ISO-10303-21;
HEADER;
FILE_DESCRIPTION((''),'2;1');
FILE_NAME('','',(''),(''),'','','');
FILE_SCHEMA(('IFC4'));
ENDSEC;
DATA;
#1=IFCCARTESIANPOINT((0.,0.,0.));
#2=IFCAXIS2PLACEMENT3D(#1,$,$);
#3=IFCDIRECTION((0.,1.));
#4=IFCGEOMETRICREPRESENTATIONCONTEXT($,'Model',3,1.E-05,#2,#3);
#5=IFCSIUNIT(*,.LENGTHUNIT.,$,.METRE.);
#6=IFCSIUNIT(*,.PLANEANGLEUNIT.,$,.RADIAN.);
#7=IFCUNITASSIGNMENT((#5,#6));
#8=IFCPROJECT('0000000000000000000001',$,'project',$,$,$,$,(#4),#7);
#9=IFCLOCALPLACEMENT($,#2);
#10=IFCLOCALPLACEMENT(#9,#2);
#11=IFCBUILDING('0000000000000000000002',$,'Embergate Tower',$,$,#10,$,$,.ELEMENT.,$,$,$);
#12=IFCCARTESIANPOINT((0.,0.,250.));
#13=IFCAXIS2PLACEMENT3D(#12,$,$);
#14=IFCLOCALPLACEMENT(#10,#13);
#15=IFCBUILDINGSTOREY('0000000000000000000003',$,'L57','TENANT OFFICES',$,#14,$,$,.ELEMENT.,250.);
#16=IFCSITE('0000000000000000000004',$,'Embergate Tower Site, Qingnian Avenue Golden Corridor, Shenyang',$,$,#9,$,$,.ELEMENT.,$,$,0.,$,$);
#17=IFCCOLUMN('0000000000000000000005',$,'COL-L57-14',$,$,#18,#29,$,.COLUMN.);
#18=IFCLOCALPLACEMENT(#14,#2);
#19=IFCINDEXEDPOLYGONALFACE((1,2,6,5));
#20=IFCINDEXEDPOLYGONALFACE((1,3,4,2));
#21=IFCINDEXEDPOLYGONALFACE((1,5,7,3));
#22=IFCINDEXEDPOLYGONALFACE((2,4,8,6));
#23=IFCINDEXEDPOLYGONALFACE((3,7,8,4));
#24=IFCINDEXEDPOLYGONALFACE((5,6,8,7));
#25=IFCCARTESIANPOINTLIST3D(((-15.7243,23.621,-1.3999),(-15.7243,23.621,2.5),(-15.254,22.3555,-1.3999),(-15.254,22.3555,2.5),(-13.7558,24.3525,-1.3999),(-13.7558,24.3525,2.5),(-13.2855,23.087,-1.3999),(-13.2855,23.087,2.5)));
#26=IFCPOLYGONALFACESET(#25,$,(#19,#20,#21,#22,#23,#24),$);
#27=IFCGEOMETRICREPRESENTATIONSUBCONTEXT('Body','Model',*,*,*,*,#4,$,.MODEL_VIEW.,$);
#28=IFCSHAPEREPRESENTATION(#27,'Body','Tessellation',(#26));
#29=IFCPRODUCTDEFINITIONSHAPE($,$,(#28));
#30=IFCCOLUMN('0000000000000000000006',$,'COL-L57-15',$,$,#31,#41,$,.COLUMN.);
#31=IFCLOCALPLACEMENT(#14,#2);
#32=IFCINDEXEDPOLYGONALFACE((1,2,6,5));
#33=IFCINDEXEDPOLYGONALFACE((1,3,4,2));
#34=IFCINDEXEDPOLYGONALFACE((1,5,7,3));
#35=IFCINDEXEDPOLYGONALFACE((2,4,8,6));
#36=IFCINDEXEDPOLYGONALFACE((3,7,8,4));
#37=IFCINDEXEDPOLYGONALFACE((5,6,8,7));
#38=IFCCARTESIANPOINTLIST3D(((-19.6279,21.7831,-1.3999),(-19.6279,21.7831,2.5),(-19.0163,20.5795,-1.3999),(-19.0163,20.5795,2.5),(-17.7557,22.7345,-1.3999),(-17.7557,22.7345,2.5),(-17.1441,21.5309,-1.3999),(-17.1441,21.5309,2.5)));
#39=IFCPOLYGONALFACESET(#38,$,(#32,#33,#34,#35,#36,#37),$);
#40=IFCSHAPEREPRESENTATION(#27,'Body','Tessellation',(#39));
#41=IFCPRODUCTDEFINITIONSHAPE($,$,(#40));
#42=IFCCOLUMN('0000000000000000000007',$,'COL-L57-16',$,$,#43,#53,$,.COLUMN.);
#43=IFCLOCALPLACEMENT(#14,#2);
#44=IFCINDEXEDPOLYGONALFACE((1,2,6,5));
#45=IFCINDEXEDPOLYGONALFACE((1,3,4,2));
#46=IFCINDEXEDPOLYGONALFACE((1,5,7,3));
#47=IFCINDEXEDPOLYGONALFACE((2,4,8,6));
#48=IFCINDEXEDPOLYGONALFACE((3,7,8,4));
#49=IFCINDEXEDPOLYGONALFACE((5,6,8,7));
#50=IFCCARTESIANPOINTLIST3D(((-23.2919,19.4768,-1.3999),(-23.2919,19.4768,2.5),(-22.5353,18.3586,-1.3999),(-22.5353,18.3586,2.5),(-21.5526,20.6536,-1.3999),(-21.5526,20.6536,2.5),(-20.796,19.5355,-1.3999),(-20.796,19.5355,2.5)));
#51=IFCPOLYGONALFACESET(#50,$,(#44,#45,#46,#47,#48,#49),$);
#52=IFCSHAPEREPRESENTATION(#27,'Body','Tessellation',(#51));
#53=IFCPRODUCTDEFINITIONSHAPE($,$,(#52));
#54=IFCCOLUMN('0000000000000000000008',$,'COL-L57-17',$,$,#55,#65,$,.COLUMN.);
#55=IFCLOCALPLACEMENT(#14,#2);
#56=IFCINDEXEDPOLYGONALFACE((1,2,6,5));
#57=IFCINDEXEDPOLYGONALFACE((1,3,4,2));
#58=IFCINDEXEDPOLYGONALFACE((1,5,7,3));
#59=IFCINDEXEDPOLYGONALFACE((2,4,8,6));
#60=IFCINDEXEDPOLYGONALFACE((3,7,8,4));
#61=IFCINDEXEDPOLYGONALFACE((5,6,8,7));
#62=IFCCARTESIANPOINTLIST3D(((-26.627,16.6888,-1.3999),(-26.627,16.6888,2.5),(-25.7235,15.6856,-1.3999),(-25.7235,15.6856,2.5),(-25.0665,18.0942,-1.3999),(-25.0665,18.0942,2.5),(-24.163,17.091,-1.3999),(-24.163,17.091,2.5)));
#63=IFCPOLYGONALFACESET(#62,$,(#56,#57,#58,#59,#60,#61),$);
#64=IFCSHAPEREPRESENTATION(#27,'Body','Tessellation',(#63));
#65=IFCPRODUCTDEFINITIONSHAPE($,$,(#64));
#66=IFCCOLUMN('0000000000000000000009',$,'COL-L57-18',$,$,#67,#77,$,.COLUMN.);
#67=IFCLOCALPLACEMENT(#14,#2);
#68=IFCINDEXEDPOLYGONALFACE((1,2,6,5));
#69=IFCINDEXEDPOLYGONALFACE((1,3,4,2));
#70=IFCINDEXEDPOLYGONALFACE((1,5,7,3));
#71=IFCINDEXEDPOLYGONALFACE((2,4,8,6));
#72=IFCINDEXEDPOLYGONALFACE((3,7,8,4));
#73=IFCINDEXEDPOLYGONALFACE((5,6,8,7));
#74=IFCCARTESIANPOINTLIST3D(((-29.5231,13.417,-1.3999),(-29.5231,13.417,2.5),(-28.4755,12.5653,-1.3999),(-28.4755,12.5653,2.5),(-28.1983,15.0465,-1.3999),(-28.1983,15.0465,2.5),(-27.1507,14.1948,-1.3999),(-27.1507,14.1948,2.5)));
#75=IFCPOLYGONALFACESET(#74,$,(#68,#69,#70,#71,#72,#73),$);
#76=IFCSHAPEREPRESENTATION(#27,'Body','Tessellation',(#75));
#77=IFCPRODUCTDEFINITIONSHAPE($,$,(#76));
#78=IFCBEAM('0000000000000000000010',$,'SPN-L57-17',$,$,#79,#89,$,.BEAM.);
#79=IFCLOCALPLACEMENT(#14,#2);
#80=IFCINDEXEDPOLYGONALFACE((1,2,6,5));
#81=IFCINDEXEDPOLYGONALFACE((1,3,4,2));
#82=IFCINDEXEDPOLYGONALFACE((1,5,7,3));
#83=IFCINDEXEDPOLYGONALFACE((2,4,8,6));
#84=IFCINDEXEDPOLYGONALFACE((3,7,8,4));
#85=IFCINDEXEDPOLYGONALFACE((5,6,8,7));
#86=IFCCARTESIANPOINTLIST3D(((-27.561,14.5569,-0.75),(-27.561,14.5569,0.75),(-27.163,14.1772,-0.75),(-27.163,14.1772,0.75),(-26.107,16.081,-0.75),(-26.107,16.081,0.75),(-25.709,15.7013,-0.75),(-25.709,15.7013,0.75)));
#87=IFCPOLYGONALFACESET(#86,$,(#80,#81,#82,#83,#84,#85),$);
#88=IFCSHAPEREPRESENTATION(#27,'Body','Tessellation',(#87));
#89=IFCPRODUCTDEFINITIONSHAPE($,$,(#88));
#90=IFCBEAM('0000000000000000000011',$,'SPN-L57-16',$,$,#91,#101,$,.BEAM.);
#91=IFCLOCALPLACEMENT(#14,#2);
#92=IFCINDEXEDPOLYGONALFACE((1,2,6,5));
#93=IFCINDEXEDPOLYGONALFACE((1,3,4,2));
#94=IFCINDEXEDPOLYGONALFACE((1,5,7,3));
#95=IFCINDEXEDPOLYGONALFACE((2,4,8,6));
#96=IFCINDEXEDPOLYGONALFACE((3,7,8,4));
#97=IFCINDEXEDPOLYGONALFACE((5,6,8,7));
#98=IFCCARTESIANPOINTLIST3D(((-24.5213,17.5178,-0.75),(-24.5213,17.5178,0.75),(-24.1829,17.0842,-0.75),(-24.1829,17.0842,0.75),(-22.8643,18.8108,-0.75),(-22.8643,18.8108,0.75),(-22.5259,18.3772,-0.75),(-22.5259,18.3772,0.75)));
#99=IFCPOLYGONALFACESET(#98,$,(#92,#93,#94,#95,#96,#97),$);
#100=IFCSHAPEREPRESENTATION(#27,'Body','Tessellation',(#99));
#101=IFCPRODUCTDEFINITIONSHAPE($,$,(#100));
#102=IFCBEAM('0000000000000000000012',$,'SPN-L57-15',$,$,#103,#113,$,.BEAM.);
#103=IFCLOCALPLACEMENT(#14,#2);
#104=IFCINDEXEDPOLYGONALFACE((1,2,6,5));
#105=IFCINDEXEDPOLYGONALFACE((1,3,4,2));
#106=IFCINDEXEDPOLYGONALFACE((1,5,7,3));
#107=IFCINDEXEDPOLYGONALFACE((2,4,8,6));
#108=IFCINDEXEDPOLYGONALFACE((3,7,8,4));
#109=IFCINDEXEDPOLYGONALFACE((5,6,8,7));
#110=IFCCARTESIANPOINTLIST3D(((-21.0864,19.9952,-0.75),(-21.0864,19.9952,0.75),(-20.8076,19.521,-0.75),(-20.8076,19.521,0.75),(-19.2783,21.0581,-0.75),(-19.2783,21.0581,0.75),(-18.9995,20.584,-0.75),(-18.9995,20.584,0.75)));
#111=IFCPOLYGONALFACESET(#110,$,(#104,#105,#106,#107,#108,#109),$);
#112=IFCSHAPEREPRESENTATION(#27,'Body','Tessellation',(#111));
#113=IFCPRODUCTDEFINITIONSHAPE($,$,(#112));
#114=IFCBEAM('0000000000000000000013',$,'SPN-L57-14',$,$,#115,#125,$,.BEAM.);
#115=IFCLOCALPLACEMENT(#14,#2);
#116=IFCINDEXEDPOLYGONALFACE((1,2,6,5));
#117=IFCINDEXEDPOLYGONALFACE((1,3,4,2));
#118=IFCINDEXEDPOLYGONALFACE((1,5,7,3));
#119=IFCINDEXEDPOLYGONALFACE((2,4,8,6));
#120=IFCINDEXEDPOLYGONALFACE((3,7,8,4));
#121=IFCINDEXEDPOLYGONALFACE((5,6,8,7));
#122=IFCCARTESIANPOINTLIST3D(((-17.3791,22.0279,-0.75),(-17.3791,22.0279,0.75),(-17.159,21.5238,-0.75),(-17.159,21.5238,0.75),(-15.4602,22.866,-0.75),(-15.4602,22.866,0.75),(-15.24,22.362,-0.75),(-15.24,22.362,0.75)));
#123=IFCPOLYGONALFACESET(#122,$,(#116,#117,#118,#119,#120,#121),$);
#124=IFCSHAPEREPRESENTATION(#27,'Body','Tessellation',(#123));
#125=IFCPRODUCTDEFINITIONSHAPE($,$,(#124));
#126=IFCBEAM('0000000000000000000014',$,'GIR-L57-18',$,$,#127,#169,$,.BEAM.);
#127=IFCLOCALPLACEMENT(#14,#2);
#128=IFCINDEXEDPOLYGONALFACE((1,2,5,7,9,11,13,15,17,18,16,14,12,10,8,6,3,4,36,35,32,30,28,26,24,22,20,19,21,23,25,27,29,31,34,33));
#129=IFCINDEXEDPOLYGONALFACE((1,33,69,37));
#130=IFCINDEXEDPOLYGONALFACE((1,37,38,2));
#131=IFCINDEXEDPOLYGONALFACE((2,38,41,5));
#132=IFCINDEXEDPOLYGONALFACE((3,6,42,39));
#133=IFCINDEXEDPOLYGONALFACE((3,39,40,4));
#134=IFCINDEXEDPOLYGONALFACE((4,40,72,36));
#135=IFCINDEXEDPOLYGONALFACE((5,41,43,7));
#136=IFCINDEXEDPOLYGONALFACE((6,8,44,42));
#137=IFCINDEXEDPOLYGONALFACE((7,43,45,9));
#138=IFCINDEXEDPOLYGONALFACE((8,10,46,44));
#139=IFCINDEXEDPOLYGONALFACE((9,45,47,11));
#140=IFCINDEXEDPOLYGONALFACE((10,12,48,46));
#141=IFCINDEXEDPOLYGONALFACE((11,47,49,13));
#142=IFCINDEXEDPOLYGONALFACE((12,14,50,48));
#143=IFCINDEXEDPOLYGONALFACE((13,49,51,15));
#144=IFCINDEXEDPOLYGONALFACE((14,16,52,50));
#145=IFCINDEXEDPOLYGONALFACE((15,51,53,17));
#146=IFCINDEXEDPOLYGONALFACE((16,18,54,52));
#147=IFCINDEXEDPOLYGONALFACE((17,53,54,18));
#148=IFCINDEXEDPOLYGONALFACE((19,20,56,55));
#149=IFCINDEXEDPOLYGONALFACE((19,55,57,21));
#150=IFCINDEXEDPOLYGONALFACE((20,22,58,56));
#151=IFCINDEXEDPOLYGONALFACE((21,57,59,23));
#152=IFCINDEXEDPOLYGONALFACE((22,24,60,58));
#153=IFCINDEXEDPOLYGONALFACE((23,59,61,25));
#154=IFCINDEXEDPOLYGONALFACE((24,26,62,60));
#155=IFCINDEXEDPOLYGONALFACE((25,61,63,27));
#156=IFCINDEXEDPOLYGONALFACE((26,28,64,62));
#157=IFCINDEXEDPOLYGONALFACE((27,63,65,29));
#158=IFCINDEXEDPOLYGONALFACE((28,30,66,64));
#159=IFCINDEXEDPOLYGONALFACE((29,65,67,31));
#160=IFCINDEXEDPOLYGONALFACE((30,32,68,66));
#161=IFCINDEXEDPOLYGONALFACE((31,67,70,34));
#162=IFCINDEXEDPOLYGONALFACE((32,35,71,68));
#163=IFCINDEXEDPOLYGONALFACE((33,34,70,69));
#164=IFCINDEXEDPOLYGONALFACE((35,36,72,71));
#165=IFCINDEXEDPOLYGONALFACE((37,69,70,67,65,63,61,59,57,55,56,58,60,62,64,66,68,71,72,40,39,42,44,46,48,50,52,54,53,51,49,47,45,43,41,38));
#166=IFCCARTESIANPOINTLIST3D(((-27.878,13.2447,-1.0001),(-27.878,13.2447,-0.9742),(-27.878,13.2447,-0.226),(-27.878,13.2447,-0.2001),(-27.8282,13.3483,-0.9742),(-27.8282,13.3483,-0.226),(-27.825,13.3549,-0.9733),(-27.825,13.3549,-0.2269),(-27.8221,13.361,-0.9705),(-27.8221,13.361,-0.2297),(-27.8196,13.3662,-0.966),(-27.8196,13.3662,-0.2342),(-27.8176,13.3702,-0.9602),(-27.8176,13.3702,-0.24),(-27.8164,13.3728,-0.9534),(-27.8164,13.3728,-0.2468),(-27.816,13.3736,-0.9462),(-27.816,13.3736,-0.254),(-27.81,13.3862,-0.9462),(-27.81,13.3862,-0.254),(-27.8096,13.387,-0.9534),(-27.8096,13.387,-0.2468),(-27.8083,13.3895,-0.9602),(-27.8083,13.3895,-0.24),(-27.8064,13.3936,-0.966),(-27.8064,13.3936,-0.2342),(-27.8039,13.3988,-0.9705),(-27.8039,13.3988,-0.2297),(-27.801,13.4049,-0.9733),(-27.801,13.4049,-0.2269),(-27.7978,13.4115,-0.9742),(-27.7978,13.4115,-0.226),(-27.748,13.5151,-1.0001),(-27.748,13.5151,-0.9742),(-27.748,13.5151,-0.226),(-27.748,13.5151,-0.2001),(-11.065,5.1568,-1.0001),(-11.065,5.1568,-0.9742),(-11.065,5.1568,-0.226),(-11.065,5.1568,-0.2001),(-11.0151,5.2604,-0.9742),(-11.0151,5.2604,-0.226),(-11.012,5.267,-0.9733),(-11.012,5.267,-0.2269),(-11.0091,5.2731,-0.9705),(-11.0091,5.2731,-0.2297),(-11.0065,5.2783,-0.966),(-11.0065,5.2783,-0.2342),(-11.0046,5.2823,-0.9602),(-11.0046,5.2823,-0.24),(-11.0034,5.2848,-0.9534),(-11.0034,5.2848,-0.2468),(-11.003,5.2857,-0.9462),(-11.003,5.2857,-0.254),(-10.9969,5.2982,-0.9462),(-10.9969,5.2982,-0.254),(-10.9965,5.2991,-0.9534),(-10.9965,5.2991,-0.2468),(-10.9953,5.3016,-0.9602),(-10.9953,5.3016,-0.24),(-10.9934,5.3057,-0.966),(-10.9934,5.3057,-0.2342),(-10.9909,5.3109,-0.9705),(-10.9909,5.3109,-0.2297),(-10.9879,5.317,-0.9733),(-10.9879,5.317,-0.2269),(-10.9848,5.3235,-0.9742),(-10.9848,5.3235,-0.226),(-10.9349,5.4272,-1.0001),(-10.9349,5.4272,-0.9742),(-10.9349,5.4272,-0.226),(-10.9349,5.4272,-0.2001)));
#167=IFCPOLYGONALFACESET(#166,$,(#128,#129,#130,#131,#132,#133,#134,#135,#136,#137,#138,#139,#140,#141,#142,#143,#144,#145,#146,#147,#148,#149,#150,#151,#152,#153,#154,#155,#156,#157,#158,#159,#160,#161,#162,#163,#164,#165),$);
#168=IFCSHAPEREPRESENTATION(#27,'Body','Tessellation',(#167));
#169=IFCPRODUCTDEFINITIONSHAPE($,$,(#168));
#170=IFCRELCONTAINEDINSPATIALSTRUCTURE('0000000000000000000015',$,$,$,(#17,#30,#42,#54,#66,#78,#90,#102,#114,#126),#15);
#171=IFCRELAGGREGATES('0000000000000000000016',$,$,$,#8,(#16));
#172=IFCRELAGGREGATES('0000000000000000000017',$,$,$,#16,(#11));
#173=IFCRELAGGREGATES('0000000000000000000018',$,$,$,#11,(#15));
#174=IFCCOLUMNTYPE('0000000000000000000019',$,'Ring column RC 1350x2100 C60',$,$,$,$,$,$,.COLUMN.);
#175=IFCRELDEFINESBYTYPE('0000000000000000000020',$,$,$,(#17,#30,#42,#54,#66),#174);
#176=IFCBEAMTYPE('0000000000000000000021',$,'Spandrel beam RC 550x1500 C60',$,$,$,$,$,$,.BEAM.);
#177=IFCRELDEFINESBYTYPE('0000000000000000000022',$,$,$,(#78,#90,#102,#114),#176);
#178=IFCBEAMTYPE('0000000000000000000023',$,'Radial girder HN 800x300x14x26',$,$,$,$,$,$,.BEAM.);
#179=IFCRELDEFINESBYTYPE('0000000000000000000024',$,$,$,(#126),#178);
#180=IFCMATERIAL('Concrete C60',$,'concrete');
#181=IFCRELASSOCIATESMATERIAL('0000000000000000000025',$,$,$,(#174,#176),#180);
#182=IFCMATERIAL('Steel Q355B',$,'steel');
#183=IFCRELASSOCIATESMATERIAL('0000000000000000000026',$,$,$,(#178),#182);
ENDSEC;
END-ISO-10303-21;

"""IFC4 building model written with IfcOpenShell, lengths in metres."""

from ifc_helpers import new_model, si_unit, direction, frame, origin, origin_2d, place, context, subcontext, project, spatial, rectangle, i_section, extrude, source, transform, mapped, material, material_profile, profile_set, type_object, element, save


model = new_model("IFC4")

# Units and contexts
model_context = context("Model", 3, precision=1e-05, world=origin(), true_north=direction((0.0, 1.0)))
body_context = subcontext(model_context, "Body", "Model", "MODEL_VIEW")
ifc_project = project(units=[si_unit("LENGTHUNIT", "METRE"), si_unit("PLANEANGLEUNIT", "RADIAN")], contexts=[model_context])

# Site, building, storey
site_placement = place(None, origin())
site = spatial("IfcSite", under=ifc_project, at=site_placement, Name="Embergate Tower Site, Qingnian Avenue Golden Corridor, Shenyang", CompositionType="ELEMENT", RefElevation=0.0)
building_placement = place(site_placement, origin())
building = spatial("IfcBuilding", under=site, at=building_placement, Name="Embergate Tower", CompositionType="ELEMENT")
storey_placement = place(building_placement, frame((0.0, 0.0, 250.0)))
storey = spatial("IfcBuildingStorey", under=building, at=storey_placement, Name="L57", Description="TENANT OFFICES", CompositionType="ELEMENT", Elevation=250.0)

# Columns
ifc_material_1 = material(Name="Concrete C60", Category="concrete")
ifc_material_profile_1 = material_profile(ifc_material_1, rectangle(XDim=1.3501, YDim=2.1001, at=origin_2d()), Name="RC 1350x2100")
ifc_profile_set_1 = profile_set([ifc_material_profile_1], Name="Concrete C60")
column_type = type_object("IfcColumnType", Name="Ring column RC 1350x2100 C60", PredefinedType="COLUMN", material=ifc_profile_set_1)
shared_shape_1 = source(origin(), body_context, "Body", "SweptSolid", [
    extrude(rectangle(XDim=1.3501, YDim=2.1001, at=origin_2d()), origin(), (0.0, 0.0, 1.0), 3.8999),
])
for number, where, z_axis, x_axis, name in (
    (1, (-14.5049, 23.354, -1.3999), (0.0, 0.0, 1.0), (-0.348343, 0.937367, 0.0), "COL-L57-14"),
    (2, (-18.386, 21.657, -1.3999), (0.0, 0.0, 1.0), (-0.453011, 0.891505, 0.0), "COL-L57-15"),
    (3, (-22.0439, 19.5061, -1.3999), (0.0, 0.0, 1.0), (-0.560393, 0.828227, 0.0), "COL-L57-16"),
    (4, (-25.395, 16.8899, -1.3999), (0.0, 0.0, 1.0), (-0.669208, 0.743075, 0.0), "COL-L57-17"),
    (5, (-28.3369, 13.8059, -1.3999), (0.0, 0.0, 1.0), (-0.775925, 0.630825, 0.0), "COL-L57-18"),
):
    element("IfcColumn", number, at=place(storey_placement, frame(where, z_axis=z_axis, x_axis=x_axis)), inside=storey, type_object=column_type, Name=name, PredefinedType="COLUMN", context=body_context, shape_type="MappedRepresentation", body=[
        mapped(shared_shape_1, transform((0.0, 0.0, 0.0))),
    ])

# Beams
ifc_material_profile_2 = material_profile(ifc_material_1, rectangle(XDim=0.55, YDim=1.5, at=origin_2d()), Name="RC 550x1500")
ifc_profile_set_2 = profile_set([ifc_material_profile_2], Name="Concrete C60")
beam_type_1 = type_object("IfcBeamType", Name="Spandrel beam RC 550x1500 C60", PredefinedType="BEAM", material=ifc_profile_set_2)
shared_shape_2 = source(origin(), body_context, "Body", "SweptSolid", [
    extrude(rectangle(XDim=0.55, YDim=1.5, at=origin_2d()), origin(), (0.0, 0.0, 1.0), 2.1064),
])
beam_1_placement = place(storey_placement, frame((-25.908, 15.8911, 0.0), z_axis=(-0.69028, -0.723542, 0.0), x_axis=(0.723542, -0.69028, 0.0)))
element("IfcBeam", 6, at=beam_1_placement, inside=storey, type_object=beam_type_1, Name="SPN-L57-17", PredefinedType="BEAM", context=body_context, shape_type="MappedRepresentation", body=[
    mapped(shared_shape_2, transform((0.0, 0.0, 0.0))),
])
shared_shape_3 = source(origin(), body_context, "Body", "SweptSolid", [
    extrude(rectangle(XDim=0.55, YDim=1.5, at=origin_2d()), origin(), (0.0, 0.0, 1.0), 2.1018),
])
beam_2_placement = place(storey_placement, frame((-22.6951, 18.594, 0.0), z_axis=(-0.788382, -0.615186, 0.0), x_axis=(0.615186, -0.788382, 0.0)))
element("IfcBeam", 7, at=beam_2_placement, inside=storey, type_object=beam_type_1, Name="SPN-L57-16", PredefinedType="BEAM", context=body_context, shape_type="MappedRepresentation", body=[
    mapped(shared_shape_3, transform((0.0, 0.0, 0.0))),
])
shared_shape_4 = source(origin(), body_context, "Body", "SweptSolid", [
    extrude(rectangle(XDim=0.55, YDim=1.5, at=origin_2d()), origin(), (0.0, 0.0, 1.0), 2.0974),
])
beam_3_placement = place(storey_placement, frame((-19.1389, 20.821, 0.0), z_axis=(-0.86206, -0.506806, 0.0), x_axis=(0.506806, -0.86206, 0.0)))
element("IfcBeam", 8, at=beam_3_placement, inside=storey, type_object=beam_type_1, Name="SPN-L57-15", PredefinedType="BEAM", context=body_context, shape_type="MappedRepresentation", body=[
    mapped(shared_shape_4, transform((0.0, 0.0, 0.0))),
])
shared_shape_5 = source(origin(), body_context, "Body", "SweptSolid", [
    extrude(rectangle(XDim=0.55, YDim=1.5, at=origin_2d()), origin(), (0.0, 0.0, 1.0), 2.094),
])
beam_4_placement = place(storey_placement, frame((-15.3501, 22.614, 0.0), z_axis=(-0.916403, -0.400256, 0.0), x_axis=(0.400256, -0.916403, 0.0)))
element("IfcBeam", 9, at=beam_4_placement, inside=storey, type_object=beam_type_1, Name="SPN-L57-14", PredefinedType="BEAM", context=body_context, shape_type="MappedRepresentation", body=[
    mapped(shared_shape_5, transform((0.0, 0.0, 0.0))),
])
ifc_material_2 = material(Name="Steel Q355B", Category="steel")
ifc_material_profile_3 = material_profile(ifc_material_2, i_section(OverallWidth=0.3, OverallDepth=0.8, WebThickness=0.0139, FlangeThickness=0.0259, FilletRadius=0.0281, at=origin_2d()), Name="HN 800x300x14x26")
ifc_profile_set_3 = profile_set([ifc_material_profile_3], Name="Steel Q355 grade B")
beam_type_2 = type_object("IfcBeamType", Name="Radial girder HN 800x300x14x26", PredefinedType="BEAM", material=ifc_profile_set_3)
shared_shape_6 = source(origin(), body_context, "Body", "SweptSolid", [
    extrude(i_section(OverallWidth=0.3, OverallDepth=0.8, WebThickness=0.0139, FlangeThickness=0.0259, FilletRadius=0.0281, at=origin_2d()), origin(), (0.0, 0.0, 1.0), 18.6572),
])
beam_5_placement = place(storey_placement, frame((-27.813, 13.3799, -0.6001), z_axis=(0.901154, -0.4335, 0.0), x_axis=(0.4335, 0.901154, 0.0)))
element("IfcBeam", 10, at=beam_5_placement, inside=storey, type_object=beam_type_2, Name="GIR-L57-18", PredefinedType="BEAM", context=body_context, shape_type="MappedRepresentation", body=[
    mapped(shared_shape_6, transform((0.0, 0.0, 0.0))),
])

save(model, "model.ifc")
